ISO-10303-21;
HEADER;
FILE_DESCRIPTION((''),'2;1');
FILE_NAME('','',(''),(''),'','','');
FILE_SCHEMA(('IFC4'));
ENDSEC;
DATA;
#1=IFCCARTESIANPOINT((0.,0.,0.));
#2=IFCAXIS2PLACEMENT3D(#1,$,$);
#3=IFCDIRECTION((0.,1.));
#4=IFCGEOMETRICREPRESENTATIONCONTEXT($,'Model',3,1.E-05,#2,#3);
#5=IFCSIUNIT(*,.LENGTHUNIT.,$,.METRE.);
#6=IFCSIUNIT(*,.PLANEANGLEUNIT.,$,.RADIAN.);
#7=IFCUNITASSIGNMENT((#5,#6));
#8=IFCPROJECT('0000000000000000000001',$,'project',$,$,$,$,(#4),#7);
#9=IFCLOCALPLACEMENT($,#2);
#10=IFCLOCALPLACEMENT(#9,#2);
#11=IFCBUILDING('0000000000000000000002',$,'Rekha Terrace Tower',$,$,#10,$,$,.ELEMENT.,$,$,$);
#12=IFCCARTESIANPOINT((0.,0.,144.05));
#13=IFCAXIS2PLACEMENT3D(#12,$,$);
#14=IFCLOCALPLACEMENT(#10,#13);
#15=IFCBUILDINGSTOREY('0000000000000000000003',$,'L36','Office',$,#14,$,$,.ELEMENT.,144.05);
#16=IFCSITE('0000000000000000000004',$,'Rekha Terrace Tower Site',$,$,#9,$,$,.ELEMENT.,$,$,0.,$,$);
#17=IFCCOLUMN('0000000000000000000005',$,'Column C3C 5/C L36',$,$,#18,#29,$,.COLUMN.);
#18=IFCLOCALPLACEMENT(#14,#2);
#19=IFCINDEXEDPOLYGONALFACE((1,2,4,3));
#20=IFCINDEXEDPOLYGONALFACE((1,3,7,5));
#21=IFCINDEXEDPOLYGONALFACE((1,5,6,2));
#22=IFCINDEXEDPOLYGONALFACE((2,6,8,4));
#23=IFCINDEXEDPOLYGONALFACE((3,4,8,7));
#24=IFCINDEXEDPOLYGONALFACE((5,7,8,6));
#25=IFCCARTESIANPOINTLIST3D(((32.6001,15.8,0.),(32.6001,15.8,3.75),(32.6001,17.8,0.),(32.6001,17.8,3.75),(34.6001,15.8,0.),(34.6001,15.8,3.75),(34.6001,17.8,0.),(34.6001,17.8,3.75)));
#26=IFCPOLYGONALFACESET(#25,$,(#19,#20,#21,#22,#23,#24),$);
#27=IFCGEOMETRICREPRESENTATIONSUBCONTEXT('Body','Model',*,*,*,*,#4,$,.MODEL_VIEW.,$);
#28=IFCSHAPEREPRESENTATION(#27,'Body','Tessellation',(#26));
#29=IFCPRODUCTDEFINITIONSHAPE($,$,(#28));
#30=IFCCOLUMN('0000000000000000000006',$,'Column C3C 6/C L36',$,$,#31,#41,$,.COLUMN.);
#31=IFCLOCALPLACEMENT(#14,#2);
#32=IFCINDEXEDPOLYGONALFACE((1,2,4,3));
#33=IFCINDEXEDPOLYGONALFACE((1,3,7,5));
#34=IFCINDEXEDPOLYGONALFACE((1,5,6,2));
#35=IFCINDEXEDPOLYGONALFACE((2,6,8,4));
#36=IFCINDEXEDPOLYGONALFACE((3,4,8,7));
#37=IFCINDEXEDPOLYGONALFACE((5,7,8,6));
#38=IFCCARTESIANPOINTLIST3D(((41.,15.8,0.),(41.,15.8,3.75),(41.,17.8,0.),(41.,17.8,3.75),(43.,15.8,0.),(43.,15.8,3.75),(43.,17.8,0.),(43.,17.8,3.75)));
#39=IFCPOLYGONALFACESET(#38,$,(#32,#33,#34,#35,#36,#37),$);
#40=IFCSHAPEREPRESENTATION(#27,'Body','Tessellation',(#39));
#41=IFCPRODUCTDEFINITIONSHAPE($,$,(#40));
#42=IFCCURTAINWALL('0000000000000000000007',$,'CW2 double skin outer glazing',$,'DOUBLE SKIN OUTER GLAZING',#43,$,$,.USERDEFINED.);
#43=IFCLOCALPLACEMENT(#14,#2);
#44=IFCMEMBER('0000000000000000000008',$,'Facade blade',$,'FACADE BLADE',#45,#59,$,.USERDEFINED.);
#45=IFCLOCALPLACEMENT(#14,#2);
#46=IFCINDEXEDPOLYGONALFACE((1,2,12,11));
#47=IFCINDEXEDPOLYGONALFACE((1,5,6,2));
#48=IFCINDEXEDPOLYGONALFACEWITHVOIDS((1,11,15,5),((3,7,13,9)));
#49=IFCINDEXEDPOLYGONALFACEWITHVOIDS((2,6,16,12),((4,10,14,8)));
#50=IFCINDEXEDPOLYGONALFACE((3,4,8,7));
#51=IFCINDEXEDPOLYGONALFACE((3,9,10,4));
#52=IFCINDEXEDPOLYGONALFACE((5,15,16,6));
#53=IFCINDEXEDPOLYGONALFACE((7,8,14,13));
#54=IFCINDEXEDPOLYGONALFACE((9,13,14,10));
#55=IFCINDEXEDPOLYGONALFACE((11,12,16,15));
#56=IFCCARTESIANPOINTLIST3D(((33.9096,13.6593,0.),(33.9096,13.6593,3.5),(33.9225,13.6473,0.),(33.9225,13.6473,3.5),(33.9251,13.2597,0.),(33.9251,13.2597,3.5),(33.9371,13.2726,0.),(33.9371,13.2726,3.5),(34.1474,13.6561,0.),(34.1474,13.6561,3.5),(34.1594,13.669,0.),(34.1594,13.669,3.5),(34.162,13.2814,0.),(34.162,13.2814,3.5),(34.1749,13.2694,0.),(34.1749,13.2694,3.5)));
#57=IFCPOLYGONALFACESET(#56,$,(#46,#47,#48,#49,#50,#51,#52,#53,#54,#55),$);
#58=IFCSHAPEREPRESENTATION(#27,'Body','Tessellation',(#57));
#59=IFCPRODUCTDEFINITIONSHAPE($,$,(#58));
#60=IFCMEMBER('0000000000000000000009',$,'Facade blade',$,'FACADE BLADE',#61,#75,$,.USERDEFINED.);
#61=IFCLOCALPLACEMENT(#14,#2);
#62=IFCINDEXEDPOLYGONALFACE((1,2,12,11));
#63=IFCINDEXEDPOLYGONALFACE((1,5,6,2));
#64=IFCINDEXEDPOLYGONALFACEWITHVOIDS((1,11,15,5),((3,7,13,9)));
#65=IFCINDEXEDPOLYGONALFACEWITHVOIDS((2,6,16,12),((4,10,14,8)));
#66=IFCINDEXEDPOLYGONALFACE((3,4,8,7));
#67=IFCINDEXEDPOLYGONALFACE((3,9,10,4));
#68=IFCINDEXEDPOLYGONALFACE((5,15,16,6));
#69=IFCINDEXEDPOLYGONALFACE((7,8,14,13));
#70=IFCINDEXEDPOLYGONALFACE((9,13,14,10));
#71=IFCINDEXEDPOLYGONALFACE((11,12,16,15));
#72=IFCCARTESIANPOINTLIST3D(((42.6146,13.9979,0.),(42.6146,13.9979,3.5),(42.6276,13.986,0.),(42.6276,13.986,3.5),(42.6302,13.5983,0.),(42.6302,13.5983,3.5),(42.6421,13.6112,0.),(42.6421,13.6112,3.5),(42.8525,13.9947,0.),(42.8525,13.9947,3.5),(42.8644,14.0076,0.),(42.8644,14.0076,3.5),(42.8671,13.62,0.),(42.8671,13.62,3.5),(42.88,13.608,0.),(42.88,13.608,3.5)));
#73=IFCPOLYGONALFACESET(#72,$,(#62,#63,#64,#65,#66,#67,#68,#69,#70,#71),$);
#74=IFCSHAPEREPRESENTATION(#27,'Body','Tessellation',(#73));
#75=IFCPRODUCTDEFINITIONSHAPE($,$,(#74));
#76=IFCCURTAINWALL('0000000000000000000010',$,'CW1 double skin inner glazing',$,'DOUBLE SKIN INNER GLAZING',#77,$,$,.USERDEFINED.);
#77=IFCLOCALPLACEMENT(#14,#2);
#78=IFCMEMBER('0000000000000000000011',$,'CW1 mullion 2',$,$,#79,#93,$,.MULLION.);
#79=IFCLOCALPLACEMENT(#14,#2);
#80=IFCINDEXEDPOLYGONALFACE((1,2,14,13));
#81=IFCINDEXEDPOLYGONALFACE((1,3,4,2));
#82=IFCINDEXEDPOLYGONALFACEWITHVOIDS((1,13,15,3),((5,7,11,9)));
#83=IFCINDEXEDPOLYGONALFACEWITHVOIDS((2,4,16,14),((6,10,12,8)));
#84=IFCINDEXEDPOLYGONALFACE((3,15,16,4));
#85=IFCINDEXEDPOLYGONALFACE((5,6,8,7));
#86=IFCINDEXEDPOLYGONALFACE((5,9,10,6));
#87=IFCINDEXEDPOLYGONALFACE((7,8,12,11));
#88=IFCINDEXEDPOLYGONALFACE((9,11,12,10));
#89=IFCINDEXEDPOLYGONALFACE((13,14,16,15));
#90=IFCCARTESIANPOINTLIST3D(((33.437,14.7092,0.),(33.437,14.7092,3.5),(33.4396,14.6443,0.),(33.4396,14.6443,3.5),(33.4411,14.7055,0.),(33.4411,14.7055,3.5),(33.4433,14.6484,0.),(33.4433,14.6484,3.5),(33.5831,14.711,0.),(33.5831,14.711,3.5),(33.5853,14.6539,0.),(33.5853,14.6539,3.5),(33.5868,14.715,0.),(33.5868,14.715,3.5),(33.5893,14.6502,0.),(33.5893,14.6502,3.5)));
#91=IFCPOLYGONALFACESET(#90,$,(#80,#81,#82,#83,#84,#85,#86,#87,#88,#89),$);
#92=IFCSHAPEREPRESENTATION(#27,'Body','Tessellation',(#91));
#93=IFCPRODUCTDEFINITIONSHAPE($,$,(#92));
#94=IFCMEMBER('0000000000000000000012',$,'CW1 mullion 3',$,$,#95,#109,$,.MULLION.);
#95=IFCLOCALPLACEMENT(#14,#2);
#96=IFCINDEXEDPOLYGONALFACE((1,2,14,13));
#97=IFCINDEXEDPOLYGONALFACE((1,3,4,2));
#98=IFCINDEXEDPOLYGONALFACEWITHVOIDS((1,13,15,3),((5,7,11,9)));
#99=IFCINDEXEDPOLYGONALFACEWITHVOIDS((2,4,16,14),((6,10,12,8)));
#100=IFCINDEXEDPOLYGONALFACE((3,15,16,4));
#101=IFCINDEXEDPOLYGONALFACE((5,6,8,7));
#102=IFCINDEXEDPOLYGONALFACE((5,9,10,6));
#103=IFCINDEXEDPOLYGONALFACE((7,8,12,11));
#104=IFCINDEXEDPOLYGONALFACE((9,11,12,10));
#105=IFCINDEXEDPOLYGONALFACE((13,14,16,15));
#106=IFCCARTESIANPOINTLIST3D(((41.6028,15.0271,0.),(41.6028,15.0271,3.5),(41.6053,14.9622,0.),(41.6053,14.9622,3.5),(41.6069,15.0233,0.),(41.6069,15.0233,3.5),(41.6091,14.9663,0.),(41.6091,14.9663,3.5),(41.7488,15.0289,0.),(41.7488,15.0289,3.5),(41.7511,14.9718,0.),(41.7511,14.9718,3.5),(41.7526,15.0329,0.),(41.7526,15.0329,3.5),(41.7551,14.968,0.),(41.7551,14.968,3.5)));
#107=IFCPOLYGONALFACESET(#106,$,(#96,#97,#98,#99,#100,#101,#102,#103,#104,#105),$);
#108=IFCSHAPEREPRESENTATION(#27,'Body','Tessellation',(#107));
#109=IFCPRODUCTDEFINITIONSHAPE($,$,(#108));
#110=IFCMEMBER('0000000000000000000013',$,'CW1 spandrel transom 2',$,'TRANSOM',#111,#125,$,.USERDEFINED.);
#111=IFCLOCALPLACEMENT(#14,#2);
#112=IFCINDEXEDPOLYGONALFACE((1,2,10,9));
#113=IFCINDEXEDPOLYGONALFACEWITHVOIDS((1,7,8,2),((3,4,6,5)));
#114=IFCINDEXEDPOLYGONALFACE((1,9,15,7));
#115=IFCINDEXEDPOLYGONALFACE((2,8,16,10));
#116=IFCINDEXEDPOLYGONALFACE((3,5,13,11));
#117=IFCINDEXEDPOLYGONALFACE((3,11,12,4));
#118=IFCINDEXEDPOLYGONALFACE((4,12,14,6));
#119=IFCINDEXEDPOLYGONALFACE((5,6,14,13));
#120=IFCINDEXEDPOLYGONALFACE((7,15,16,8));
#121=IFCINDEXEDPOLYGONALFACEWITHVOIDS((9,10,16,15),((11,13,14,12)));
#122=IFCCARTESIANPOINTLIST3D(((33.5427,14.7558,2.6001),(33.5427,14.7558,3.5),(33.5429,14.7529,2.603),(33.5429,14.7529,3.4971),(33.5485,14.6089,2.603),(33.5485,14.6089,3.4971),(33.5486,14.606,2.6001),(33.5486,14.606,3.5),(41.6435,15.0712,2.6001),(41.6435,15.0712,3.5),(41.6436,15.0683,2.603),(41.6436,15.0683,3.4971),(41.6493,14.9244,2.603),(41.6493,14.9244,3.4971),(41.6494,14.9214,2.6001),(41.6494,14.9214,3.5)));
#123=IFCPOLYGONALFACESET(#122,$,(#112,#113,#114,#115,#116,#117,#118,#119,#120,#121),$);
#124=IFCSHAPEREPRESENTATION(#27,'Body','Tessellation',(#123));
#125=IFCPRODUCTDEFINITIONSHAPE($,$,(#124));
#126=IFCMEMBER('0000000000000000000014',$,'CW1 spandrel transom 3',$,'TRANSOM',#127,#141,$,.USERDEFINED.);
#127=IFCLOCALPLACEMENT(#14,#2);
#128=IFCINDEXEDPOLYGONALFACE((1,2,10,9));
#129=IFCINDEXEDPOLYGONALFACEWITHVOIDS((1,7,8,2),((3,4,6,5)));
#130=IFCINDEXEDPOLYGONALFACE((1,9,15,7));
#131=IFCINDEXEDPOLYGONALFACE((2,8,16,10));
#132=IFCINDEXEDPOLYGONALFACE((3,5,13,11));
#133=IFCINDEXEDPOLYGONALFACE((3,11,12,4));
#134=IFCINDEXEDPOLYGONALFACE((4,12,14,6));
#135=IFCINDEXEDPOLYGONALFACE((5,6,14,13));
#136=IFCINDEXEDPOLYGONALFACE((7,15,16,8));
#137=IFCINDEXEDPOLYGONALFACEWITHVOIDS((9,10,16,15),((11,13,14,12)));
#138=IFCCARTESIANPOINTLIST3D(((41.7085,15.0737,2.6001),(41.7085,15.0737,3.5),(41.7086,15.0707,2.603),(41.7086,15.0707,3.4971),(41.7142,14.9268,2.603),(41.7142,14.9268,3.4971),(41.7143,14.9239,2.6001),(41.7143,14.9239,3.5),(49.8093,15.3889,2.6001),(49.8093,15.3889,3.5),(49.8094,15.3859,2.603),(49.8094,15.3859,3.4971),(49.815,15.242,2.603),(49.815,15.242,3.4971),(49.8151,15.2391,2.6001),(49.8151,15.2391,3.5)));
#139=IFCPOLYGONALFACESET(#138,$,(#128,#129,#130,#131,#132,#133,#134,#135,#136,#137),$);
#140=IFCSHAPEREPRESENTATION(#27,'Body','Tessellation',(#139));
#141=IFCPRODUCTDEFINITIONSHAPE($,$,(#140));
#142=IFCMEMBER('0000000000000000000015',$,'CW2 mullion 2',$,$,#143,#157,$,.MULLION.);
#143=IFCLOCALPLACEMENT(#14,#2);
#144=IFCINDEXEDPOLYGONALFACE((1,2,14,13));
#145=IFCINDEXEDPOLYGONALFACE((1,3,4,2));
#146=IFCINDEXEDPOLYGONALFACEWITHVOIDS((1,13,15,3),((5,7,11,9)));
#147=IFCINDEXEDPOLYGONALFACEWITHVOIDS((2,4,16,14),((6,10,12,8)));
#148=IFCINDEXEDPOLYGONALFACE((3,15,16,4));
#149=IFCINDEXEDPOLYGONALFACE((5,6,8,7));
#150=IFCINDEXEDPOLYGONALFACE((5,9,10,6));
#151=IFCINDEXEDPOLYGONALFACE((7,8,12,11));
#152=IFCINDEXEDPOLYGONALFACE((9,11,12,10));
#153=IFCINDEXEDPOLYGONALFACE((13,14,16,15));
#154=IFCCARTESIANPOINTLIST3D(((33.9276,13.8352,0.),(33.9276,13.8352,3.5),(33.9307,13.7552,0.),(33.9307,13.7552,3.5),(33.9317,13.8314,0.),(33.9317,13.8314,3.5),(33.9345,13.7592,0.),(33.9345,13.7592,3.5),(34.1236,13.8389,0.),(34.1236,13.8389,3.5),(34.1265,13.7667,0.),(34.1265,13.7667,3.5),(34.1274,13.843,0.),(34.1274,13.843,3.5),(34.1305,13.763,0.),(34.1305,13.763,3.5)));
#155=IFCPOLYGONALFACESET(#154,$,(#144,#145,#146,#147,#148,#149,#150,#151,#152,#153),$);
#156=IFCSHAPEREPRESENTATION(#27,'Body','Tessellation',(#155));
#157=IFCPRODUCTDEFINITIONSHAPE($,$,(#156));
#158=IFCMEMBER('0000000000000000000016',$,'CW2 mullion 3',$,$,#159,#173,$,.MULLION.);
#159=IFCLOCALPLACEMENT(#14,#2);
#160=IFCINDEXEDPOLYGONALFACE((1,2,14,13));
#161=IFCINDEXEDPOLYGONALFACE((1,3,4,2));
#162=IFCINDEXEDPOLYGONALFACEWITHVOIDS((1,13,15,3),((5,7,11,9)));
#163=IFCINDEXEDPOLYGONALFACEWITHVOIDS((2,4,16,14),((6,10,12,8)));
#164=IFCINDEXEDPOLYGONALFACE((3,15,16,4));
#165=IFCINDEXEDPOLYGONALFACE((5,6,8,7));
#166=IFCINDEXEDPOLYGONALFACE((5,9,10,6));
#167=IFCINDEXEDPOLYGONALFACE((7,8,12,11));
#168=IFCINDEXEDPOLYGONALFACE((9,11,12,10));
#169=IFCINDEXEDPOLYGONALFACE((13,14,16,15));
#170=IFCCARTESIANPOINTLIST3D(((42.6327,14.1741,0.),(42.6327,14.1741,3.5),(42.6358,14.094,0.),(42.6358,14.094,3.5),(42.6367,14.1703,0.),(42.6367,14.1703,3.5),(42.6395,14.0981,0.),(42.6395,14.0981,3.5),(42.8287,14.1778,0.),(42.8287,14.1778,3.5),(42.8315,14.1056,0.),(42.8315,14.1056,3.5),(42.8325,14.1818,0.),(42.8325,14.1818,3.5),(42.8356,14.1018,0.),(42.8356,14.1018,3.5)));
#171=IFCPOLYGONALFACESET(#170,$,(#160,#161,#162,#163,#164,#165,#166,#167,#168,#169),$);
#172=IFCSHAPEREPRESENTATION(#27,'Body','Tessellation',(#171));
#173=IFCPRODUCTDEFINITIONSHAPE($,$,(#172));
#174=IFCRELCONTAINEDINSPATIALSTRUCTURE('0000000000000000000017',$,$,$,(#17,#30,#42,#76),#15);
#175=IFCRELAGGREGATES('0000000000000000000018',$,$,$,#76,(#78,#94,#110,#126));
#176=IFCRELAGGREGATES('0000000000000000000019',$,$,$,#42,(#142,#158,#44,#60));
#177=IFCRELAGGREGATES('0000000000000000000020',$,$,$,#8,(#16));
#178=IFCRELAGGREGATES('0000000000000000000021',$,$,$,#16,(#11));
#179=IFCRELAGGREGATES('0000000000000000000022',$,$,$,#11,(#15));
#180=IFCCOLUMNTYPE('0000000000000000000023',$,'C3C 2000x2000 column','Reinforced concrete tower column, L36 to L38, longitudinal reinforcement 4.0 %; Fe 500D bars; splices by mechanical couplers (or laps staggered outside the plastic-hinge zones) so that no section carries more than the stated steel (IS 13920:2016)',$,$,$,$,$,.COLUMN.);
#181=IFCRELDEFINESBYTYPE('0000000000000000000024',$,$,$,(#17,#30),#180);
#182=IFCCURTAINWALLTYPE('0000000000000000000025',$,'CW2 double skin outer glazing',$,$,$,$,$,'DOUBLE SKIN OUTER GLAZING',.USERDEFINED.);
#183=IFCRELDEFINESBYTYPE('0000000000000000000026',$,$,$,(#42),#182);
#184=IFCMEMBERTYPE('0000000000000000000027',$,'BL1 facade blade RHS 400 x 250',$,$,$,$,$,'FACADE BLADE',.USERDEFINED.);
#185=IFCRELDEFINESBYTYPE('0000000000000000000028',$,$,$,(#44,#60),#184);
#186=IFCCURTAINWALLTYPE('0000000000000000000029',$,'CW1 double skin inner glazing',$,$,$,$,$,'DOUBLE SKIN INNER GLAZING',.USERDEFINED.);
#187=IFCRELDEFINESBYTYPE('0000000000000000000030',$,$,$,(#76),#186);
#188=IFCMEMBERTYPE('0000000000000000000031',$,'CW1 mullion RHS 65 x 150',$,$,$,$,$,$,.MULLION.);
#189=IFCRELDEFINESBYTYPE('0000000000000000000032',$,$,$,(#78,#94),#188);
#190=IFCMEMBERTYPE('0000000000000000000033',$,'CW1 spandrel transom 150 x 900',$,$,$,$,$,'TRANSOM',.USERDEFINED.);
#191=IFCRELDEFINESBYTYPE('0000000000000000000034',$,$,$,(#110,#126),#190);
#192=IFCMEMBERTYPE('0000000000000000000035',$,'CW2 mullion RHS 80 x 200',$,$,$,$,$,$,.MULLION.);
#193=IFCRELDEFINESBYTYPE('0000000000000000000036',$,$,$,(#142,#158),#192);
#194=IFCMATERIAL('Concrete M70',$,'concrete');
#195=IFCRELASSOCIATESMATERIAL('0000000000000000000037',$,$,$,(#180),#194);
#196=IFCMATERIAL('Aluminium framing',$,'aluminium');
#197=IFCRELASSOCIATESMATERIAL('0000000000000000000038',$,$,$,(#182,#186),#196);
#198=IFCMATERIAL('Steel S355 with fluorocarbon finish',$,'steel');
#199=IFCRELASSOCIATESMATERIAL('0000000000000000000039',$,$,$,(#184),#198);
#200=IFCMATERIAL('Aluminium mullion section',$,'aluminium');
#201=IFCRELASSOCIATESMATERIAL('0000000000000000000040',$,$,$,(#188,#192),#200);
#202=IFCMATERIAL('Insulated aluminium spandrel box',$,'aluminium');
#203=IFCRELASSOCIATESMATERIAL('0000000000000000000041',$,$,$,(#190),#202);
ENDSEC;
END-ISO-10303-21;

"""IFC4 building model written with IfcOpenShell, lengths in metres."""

from ifc_helpers import new_model, si_unit, direction, frame, origin, origin_2d, place, context, subcontext, project, spatial, rectangle, hollow_rectangle, extrude, material, material_profile, profile_set, type_object, element, aggregate, save


model = new_model("IFC4")

# Units and contexts
model_context = context("Model", 3, precision=1e-05, world=origin(), true_north=direction((0.0, 1.0)))
body_context = subcontext(model_context, "Body", "Model", "MODEL_VIEW")
ifc_project = project(units=[si_unit("LENGTHUNIT", "METRE"), si_unit("PLANEANGLEUNIT", "RADIAN")], contexts=[model_context])

# Site, building, storey
site_placement = place(None, origin())
site = spatial("IfcSite", under=ifc_project, at=site_placement, Name="Rekha Terrace Tower Site", CompositionType="ELEMENT", RefElevation=0.0)
building_placement = place(site_placement, origin())
building = spatial("IfcBuilding", under=site, at=building_placement, Name="Rekha Terrace Tower", CompositionType="ELEMENT")
storey_placement = place(building_placement, frame((0.0, 0.0, 144.05)))
storey = spatial("IfcBuildingStorey", under=building, at=storey_placement, Name="L36", Description="Office", CompositionType="ELEMENT", Elevation=144.05)

# Columns
ifc_material_1 = material(Name="Concrete M70", Category="concrete")
ifc_material_profile_1 = material_profile(ifc_material_1, rectangle(XDim=2.0, YDim=2.0, at=origin_2d()), Name="RC 2000x2000")
ifc_profile_set_1 = profile_set([ifc_material_profile_1], Name="Concrete M70")
column_type = type_object("IfcColumnType", Name="C3C 2000x2000 column", Description="Reinforced concrete tower column, L36 to L38, longitudinal reinforcement 4.0 %; Fe 500D bars; splices by mechanical couplers (or laps staggered outside the plastic-hinge zones) so that no section carries more than the stated steel (IS 13920:2016)", PredefinedType="COLUMN", material=ifc_profile_set_1)
for number, where, z_axis, x_axis, name in (
    (1, (33.6001, 16.8, 0.0), (0.0, 0.0, 1.0), (1.0, 0.0, 0.0), "Column C3C 5/C L36"),
    (2, (42.0, 16.8, 0.0), (0.0, 0.0, 1.0), (1.0, 0.0, 0.0), "Column C3C 6/C L36"),
):
    element("IfcColumn", number, at=place(storey_placement, frame(where, z_axis=z_axis, x_axis=x_axis)), inside=storey, type_object=column_type, Name=name, PredefinedType="COLUMN", context=body_context, shape_type="SweptSolid", body=[
        extrude(rectangle(XDim=2.0, YDim=2.0, at=origin_2d()), origin(), (0.0, 0.0, 1.0), 3.75),
    ])

# Curtain walls, members
ifc_material_2 = material(Name="Aluminium framing", Category="aluminium")
curtain_wall_type_1 = type_object("IfcCurtainWallType", Name="CW2 double skin outer glazing", ElementType="DOUBLE SKIN OUTER GLAZING", PredefinedType="USERDEFINED", material=ifc_material_2)
curtain_wall_1_placement = place(storey_placement, origin())
curtain_wall_1 = element("IfcCurtainWall", 3, at=curtain_wall_1_placement, inside=storey, type_object=curtain_wall_type_1, Name="CW2 double skin outer glazing", ObjectType="DOUBLE SKIN OUTER GLAZING", PredefinedType="USERDEFINED")
ifc_material_3 = material(Name="Steel S355 with fluorocarbon finish", Category="steel")
ifc_material_profile_2 = material_profile(ifc_material_3, hollow_rectangle(XDim=0.25, YDim=0.3999, WallThickness=0.0125, at=origin_2d()), Name="RHS400x250x12.5")
ifc_profile_set_2 = profile_set([ifc_material_profile_2], Name="Steel S355 with fluorocarbon finish")
member_type_1 = type_object("IfcMemberType", Name="BL1 facade blade RHS 400 x 250", ElementType="FACADE BLADE", PredefinedType="USERDEFINED", material=ifc_profile_set_2)
member_1_placement = place(storey_placement, frame((34.0422, 13.4644, 0.0), z_axis=(0.0, 0.0, 1.0), x_axis=(0.999243, 0.03889, 0.0)))
member_1 = element("IfcMember", 4, at=member_1_placement, type_object=member_type_1, Name="Facade blade", ObjectType="FACADE BLADE", PredefinedType="USERDEFINED", context=body_context, shape_type="SweptSolid", body=[
    extrude(hollow_rectangle(XDim=0.25, YDim=0.3999, WallThickness=0.0125, at=origin_2d()), origin(), (0.0, 0.0, 1.0), 3.5),
])
member_2_placement = place(storey_placement, frame((42.7473, 13.803, 0.0), z_axis=(0.0, 0.0, 1.0), x_axis=(0.999243, 0.03889, 0.0)))
member_2 = element("IfcMember", 5, at=member_2_placement, type_object=member_type_1, Name="Facade blade", ObjectType="FACADE BLADE", PredefinedType="USERDEFINED", context=body_context, shape_type="SweptSolid", body=[
    extrude(hollow_rectangle(XDim=0.25, YDim=0.3999, WallThickness=0.0125, at=origin_2d()), origin(), (0.0, 0.0, 1.0), 3.5),
])
curtain_wall_type_2 = type_object("IfcCurtainWallType", Name="CW1 double skin inner glazing", ElementType="DOUBLE SKIN INNER GLAZING", PredefinedType="USERDEFINED", material=ifc_material_2)
curtain_wall_2_placement = place(storey_placement, origin())
curtain_wall_2 = element("IfcCurtainWall", 6, at=curtain_wall_2_placement, inside=storey, type_object=curtain_wall_type_2, Name="CW1 double skin inner glazing", ObjectType="DOUBLE SKIN INNER GLAZING", PredefinedType="USERDEFINED")
ifc_material_4 = material(Name="Aluminium mullion section", Category="aluminium")
ifc_material_profile_3 = material_profile(ifc_material_4, hollow_rectangle(XDim=0.0649, YDim=0.1499, WallThickness=0.0039, at=origin_2d()), Name="AL RHS 65x150")
ifc_profile_set_3 = profile_set([ifc_material_profile_3], Name="Aluminium mullion section")
member_type_2 = type_object("IfcMemberType", Name="CW1 mullion RHS 65 x 150", PredefinedType="MULLION", material=ifc_profile_set_3)
member_3_placement = place(storey_placement, frame((33.5132, 14.6797, 0.0), z_axis=(0.0, 0.0, 1.0), x_axis=(-0.03889, 0.999243, 0.0)))
member_3 = element("IfcMember", 7, at=member_3_placement, type_object=member_type_2, Name="CW1 mullion 2", PredefinedType="MULLION", context=body_context, shape_type="SweptSolid", body=[
    extrude(hollow_rectangle(XDim=0.0649, YDim=0.1499, WallThickness=0.0039, at=origin_2d()), origin(), (0.0, 0.0, 1.0), 3.5),
])
member_4_placement = place(storey_placement, frame((41.679, 14.9976, 0.0), z_axis=(0.0, 0.0, 1.0), x_axis=(-0.03889, 0.999243, 0.0)))
member_4 = element("IfcMember", 8, at=member_4_placement, type_object=member_type_2, Name="CW1 mullion 3", PredefinedType="MULLION", context=body_context, shape_type="SweptSolid", body=[
    extrude(hollow_rectangle(XDim=0.0649, YDim=0.1499, WallThickness=0.0039, at=origin_2d()), origin(), (0.0, 0.0, 1.0), 3.5),
])
ifc_material_5 = material(Name="Insulated aluminium spandrel box", Category="aluminium")
ifc_material_profile_4 = material_profile(ifc_material_5, hollow_rectangle(XDim=0.1499, YDim=0.8999, WallThickness=0.0029, at=origin_2d()), Name="AL SPANDREL BOX 150x900")
ifc_profile_set_4 = profile_set([ifc_material_profile_4], Name="Insulated aluminium spandrel box")
member_type_3 = type_object("IfcMemberType", Name="CW1 spandrel transom 150 x 900", ElementType="TRANSOM", PredefinedType="USERDEFINED", material=ifc_profile_set_4)
member_5_placement = place(storey_placement, frame((33.5457, 14.6809, 3.05), z_axis=(0.999243, 0.038908, 0.0), x_axis=(-0.038908, 0.999243, 0.0)))
member_5 = element("IfcMember", 9, at=member_5_placement, type_object=member_type_3, Name="CW1 spandrel transom 2", ObjectType="TRANSOM", PredefinedType="USERDEFINED", context=body_context, shape_type="SweptSolid", body=[
    extrude(hollow_rectangle(XDim=0.1499, YDim=0.8999, WallThickness=0.0029, at=origin_2d()), origin(), (0.0, 0.0, 1.0), 8.1069),
])
member_6_placement = place(storey_placement, frame((41.7114, 14.9988, 3.05), z_axis=(0.999244, 0.038878, 0.0), x_axis=(-0.038878, 0.999244, 0.0)))
member_6 = element("IfcMember", 10, at=member_6_placement, type_object=member_type_3, Name="CW1 spandrel transom 3", ObjectType="TRANSOM", PredefinedType="USERDEFINED", context=body_context, shape_type="SweptSolid", body=[
    extrude(hollow_rectangle(XDim=0.1499, YDim=0.8999, WallThickness=0.0029, at=origin_2d()), origin(), (0.0, 0.0, 1.0), 8.1069),
])

# Members
ifc_material_profile_5 = material_profile(ifc_material_4, hollow_rectangle(XDim=0.0801, YDim=0.2, WallThickness=0.0039, at=origin_2d()), Name="AL RHS 80x200")
ifc_profile_set_5 = profile_set([ifc_material_profile_5], Name="Aluminium mullion section")
member_type_4 = type_object("IfcMemberType", Name="CW2 mullion RHS 80 x 200", PredefinedType="MULLION", material=ifc_profile_set_5)
member_7_placement = place(storey_placement, frame((34.0291, 13.7991, 0.0), z_axis=(0.0, 0.0, 1.0), x_axis=(-0.03889, 0.999243, 0.0)))
member_7 = element("IfcMember", 11, at=member_7_placement, type_object=member_type_4, Name="CW2 mullion 2", PredefinedType="MULLION", context=body_context, shape_type="SweptSolid", body=[
    extrude(hollow_rectangle(XDim=0.0801, YDim=0.2, WallThickness=0.0039, at=origin_2d()), origin(), (0.0, 0.0, 1.0), 3.5),
])
member_8_placement = place(storey_placement, frame((42.7341, 14.1379, 0.0), z_axis=(0.0, 0.0, 1.0), x_axis=(-0.03889, 0.999243, 0.0)))
member_8 = element("IfcMember", 12, at=member_8_placement, type_object=member_type_4, Name="CW2 mullion 3", PredefinedType="MULLION", context=body_context, shape_type="SweptSolid", body=[
    extrude(hollow_rectangle(XDim=0.0801, YDim=0.2, WallThickness=0.0039, at=origin_2d()), origin(), (0.0, 0.0, 1.0), 3.5),
])

aggregate(curtain_wall_2, [member_3, member_4, member_5, member_6])
aggregate(curtain_wall_1, [member_7, member_8, member_1, member_2])

save(model, "model.ifc")
